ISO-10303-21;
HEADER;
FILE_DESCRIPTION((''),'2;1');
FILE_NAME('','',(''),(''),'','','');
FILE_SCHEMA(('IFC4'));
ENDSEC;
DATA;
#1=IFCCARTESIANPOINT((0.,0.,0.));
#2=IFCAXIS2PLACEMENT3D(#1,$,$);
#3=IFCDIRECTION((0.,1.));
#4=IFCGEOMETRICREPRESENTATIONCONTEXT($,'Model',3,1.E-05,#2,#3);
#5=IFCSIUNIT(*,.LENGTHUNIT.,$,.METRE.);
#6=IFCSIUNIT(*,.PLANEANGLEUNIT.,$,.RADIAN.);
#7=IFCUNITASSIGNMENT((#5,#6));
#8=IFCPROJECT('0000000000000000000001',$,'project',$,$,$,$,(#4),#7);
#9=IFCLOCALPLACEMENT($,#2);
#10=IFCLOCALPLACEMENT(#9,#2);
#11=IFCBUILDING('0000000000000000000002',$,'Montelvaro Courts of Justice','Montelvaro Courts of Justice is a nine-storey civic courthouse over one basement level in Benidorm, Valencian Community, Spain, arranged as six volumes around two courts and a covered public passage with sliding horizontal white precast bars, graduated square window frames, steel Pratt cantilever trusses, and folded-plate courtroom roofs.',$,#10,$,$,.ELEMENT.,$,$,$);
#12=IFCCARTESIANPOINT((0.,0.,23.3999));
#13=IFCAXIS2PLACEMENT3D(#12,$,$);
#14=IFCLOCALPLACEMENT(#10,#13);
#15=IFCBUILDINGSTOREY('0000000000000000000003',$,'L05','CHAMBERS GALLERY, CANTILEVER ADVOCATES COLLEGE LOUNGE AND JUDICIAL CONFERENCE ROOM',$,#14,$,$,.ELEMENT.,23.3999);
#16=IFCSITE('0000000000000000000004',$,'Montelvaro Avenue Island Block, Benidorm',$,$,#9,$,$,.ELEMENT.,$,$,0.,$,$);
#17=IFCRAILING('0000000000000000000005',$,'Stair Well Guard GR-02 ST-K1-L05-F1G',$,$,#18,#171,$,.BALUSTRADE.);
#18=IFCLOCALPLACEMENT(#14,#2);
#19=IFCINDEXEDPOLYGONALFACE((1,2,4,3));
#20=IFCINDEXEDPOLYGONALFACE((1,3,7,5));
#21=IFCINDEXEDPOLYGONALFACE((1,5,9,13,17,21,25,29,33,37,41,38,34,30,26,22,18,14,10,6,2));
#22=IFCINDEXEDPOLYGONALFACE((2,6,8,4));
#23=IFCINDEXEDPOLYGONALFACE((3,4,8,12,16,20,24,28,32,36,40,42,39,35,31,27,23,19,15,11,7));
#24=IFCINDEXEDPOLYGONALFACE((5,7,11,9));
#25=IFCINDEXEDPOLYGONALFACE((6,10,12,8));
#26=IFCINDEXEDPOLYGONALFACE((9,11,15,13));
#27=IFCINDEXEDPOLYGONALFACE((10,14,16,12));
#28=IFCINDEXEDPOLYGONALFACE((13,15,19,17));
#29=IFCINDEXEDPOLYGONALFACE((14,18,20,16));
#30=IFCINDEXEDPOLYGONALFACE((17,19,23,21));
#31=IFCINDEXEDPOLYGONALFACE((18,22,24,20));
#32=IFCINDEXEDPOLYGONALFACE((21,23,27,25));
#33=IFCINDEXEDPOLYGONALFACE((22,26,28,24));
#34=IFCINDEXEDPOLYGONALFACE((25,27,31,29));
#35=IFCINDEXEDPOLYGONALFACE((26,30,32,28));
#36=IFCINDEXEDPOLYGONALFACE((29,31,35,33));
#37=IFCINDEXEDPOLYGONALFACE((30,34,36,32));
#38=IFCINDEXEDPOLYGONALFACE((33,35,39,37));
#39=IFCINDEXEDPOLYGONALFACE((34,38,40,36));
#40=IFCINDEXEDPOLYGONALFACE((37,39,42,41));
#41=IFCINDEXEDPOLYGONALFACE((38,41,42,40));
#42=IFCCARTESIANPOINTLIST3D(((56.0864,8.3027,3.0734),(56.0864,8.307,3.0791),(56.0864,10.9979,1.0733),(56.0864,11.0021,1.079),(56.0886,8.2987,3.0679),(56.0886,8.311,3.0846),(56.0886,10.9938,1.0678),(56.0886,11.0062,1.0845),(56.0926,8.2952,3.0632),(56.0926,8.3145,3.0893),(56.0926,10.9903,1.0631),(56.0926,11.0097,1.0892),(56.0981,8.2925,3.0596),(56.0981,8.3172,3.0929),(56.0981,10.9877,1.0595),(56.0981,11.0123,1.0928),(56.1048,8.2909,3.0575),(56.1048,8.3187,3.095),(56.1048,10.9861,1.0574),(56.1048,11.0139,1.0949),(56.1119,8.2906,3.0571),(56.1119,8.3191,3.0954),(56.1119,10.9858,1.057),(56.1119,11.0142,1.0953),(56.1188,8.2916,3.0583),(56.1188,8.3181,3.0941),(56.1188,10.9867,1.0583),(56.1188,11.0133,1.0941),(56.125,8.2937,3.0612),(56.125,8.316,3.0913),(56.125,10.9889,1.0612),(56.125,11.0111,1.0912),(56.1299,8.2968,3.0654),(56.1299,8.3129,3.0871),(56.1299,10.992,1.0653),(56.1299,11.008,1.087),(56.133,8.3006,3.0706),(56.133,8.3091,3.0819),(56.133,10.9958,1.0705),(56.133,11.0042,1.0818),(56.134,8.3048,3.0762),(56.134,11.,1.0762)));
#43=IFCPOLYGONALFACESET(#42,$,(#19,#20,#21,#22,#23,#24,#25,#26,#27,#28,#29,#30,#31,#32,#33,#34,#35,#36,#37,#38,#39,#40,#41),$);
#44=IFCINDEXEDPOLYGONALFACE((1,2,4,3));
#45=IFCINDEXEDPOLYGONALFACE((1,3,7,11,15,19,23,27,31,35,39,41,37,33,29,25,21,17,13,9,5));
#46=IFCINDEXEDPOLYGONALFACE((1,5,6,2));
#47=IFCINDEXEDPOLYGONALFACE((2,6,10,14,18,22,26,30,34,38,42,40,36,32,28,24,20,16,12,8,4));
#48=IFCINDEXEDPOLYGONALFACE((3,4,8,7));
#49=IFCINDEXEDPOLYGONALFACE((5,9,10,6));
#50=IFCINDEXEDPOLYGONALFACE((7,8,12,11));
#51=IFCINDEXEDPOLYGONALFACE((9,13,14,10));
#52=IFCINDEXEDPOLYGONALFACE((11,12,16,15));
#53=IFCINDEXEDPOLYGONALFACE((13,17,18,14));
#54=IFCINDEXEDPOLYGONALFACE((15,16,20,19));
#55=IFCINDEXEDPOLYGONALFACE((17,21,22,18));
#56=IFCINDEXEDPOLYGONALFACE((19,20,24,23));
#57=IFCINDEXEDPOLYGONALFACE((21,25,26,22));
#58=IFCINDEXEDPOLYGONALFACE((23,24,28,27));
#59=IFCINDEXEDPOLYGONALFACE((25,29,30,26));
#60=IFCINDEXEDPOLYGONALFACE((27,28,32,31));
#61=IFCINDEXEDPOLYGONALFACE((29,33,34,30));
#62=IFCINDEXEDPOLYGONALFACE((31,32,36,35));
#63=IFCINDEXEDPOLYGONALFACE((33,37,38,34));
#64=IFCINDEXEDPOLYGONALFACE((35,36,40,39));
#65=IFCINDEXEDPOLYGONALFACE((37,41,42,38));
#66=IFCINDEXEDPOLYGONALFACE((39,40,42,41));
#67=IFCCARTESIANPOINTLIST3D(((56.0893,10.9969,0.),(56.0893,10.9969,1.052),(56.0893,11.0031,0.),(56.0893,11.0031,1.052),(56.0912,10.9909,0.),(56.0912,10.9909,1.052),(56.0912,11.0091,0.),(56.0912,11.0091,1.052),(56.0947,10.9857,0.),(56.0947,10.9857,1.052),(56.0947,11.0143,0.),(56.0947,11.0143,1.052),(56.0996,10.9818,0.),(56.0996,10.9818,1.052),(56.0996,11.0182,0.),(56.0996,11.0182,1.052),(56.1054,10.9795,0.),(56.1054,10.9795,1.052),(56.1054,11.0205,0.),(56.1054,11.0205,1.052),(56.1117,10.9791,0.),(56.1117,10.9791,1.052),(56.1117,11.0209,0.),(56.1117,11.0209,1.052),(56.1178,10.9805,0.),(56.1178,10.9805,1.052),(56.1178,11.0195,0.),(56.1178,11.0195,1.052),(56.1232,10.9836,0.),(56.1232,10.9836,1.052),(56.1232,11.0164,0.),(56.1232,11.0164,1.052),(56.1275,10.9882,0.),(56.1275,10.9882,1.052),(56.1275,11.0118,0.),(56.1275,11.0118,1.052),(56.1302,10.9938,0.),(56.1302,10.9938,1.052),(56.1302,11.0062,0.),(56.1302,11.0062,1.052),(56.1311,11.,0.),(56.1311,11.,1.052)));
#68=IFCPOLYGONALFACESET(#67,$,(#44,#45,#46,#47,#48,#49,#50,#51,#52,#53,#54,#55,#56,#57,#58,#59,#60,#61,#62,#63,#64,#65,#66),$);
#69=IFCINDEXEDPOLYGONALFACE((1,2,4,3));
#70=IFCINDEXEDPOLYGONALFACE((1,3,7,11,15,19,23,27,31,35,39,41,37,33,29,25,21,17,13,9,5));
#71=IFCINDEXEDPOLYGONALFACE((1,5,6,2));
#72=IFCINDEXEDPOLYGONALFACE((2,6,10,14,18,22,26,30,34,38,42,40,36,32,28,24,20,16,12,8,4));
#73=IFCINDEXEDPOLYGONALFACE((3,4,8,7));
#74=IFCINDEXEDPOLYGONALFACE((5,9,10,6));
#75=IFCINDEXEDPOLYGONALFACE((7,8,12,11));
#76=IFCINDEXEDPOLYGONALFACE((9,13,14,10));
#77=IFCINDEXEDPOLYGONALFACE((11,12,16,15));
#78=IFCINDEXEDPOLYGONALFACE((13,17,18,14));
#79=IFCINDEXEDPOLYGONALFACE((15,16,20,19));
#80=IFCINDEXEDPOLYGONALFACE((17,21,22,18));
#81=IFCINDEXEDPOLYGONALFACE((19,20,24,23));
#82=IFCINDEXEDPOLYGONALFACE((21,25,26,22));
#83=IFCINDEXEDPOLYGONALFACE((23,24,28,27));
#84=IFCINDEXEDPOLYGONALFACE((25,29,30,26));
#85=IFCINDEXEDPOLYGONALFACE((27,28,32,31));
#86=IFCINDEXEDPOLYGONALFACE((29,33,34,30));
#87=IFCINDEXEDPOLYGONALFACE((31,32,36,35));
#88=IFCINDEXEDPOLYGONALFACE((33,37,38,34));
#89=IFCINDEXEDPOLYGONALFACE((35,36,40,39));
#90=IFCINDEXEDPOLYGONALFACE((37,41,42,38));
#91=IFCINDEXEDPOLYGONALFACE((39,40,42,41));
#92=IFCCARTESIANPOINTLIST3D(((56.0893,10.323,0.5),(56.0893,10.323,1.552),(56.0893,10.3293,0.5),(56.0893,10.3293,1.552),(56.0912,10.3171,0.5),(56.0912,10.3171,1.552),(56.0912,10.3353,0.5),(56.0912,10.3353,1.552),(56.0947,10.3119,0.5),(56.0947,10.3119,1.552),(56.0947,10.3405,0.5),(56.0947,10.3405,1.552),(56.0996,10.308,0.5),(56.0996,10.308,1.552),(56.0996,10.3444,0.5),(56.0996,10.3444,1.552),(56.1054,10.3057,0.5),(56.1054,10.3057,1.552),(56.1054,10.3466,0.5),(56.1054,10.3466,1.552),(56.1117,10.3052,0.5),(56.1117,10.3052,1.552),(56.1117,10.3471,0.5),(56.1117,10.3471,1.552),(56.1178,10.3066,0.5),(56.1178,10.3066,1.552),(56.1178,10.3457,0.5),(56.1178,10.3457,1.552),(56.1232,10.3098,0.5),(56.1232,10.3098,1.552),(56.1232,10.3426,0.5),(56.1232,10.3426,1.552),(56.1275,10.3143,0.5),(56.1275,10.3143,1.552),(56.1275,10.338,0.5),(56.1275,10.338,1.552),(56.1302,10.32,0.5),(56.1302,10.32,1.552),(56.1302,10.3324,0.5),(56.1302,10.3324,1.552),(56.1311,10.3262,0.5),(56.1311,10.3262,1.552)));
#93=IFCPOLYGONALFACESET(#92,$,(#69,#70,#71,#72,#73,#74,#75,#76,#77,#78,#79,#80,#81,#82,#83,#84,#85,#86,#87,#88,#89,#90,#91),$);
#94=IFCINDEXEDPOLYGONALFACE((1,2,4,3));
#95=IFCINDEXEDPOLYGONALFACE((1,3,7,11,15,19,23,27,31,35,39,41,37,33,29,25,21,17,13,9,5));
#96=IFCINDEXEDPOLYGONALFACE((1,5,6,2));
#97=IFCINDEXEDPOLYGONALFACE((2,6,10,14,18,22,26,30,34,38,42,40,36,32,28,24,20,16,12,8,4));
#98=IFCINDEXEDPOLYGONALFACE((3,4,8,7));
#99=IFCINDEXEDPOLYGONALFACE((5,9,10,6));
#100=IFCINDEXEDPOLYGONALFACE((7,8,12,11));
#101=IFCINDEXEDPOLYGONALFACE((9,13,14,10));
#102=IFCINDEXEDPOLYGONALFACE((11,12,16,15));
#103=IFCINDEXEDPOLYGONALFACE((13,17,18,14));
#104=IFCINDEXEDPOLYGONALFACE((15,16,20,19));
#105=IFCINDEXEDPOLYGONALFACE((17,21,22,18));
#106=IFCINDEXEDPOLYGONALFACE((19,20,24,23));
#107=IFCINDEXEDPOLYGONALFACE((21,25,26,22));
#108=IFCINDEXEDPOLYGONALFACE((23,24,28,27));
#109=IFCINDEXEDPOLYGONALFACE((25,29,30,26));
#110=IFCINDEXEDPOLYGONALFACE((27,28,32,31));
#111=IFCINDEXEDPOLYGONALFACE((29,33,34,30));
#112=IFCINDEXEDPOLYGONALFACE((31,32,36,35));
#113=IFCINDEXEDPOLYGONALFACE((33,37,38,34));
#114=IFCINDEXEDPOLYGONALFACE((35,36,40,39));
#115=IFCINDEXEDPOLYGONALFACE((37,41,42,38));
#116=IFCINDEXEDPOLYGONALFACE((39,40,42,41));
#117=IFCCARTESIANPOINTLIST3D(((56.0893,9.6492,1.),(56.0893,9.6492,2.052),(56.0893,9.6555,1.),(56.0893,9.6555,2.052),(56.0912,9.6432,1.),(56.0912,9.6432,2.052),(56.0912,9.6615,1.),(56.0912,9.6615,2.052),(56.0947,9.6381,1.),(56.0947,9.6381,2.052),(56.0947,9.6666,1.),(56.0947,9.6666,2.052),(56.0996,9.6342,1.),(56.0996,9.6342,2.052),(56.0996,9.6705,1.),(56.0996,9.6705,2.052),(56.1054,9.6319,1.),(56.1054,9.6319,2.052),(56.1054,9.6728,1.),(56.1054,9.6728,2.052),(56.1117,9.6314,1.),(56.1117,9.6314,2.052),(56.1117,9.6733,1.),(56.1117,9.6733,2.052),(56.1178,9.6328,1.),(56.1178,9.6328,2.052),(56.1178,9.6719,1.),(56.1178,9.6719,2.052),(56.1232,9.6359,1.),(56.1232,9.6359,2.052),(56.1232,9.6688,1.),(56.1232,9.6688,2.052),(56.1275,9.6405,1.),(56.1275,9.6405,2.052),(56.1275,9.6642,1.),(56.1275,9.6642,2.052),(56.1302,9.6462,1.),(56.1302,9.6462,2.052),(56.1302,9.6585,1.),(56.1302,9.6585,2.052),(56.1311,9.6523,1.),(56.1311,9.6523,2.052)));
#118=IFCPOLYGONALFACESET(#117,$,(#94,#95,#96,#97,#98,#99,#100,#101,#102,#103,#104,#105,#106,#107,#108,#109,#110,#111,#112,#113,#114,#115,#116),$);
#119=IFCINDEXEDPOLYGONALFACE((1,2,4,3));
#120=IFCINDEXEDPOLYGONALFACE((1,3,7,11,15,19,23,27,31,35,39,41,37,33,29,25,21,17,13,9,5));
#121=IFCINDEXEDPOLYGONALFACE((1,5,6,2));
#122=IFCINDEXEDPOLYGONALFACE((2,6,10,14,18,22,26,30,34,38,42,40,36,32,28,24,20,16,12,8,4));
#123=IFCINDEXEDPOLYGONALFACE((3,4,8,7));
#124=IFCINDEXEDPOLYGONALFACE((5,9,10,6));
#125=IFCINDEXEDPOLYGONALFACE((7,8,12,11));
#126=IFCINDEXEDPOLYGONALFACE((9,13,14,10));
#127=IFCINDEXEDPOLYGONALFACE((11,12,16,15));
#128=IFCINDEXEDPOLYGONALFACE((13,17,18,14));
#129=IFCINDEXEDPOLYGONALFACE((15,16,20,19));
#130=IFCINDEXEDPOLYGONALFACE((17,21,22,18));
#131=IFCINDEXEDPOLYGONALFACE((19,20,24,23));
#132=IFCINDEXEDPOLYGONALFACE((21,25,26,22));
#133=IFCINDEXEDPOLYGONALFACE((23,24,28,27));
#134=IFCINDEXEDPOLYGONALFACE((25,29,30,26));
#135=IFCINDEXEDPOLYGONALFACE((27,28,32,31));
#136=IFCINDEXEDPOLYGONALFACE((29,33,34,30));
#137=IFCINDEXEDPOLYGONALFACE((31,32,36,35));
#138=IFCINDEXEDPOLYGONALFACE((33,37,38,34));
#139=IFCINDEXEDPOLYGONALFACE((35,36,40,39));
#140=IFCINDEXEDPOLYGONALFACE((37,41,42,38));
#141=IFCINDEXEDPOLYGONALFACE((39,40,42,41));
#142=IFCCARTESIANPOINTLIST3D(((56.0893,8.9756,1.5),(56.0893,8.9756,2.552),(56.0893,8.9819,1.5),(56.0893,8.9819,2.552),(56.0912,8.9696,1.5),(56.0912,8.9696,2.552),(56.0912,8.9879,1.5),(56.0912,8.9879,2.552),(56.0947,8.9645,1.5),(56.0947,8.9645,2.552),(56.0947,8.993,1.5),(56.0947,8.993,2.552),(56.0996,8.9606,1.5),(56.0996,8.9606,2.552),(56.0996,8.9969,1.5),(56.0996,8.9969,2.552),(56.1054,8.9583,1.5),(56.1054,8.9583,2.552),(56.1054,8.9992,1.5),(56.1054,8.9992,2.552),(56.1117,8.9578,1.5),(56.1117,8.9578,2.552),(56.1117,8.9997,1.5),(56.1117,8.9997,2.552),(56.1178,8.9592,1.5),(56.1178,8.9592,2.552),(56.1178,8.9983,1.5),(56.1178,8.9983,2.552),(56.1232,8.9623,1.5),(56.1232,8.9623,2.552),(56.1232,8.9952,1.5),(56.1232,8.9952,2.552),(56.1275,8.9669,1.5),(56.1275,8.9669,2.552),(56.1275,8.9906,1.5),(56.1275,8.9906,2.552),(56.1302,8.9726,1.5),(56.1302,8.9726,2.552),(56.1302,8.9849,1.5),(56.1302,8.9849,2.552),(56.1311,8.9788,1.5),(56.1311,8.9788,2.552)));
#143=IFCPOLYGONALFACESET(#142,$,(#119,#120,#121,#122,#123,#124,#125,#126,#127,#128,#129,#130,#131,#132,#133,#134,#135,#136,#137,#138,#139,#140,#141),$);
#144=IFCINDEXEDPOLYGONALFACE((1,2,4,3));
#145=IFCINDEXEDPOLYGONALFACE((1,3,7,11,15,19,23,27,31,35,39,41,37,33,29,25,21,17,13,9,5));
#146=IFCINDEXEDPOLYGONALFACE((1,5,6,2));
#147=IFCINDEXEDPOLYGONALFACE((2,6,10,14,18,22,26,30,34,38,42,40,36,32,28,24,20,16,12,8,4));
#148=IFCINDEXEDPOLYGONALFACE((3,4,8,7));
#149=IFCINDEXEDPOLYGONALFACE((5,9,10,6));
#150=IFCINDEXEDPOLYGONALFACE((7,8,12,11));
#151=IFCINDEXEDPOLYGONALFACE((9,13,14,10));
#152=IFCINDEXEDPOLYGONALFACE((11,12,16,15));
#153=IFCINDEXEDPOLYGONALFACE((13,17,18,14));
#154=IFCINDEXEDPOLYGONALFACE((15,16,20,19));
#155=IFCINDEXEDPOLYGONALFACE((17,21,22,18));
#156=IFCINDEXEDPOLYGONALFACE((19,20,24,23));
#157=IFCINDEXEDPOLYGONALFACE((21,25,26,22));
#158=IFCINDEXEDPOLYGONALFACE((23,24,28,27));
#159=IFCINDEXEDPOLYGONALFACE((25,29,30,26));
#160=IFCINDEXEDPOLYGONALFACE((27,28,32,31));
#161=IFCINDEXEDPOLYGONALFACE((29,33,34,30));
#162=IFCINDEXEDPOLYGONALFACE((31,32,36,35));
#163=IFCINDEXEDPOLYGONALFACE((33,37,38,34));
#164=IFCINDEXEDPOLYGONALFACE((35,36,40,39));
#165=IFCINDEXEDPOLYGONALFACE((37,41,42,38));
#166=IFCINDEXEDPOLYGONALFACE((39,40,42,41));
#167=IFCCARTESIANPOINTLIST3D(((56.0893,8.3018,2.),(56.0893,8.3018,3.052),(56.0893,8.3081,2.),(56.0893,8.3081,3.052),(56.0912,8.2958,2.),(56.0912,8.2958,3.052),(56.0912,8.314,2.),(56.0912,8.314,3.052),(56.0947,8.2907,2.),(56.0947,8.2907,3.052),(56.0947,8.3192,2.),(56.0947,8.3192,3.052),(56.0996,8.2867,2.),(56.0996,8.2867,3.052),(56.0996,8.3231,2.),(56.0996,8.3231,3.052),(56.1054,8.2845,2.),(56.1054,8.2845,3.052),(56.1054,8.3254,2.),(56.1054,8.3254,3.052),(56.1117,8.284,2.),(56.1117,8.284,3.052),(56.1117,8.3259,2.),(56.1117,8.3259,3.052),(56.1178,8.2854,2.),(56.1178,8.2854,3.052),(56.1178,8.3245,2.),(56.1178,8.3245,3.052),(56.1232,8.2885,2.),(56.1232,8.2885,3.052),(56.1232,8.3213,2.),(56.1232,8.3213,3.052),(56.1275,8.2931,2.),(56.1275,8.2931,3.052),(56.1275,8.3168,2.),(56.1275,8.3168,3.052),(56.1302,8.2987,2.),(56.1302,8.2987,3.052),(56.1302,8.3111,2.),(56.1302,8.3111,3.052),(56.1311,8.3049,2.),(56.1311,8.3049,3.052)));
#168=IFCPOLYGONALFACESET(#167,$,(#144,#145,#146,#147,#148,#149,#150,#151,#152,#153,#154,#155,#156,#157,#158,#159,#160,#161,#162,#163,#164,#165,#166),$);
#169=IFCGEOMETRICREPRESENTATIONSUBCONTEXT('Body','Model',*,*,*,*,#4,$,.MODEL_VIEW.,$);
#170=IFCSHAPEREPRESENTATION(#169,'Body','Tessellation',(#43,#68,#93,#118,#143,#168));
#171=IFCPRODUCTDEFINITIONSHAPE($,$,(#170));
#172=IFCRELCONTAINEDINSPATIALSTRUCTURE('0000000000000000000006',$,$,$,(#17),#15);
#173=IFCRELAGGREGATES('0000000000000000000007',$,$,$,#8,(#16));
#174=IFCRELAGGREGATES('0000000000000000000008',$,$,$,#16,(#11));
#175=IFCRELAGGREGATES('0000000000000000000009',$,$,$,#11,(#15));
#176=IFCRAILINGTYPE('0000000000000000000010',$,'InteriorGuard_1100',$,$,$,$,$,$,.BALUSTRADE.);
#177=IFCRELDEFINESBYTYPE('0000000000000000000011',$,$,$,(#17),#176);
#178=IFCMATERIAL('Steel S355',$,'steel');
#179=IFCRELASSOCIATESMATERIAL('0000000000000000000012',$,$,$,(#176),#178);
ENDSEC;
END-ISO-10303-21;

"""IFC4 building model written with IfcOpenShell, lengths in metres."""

from ifc_helpers import new_model, si_unit, direction, frame, origin, origin_2d, place, context, subcontext, project, spatial, circle, extrude, material, type_object, element, save


model = new_model("IFC4")

# Units and contexts
model_context = context("Model", 3, precision=1e-05, world=origin(), true_north=direction((0.0, 1.0)))
body_context = subcontext(model_context, "Body", "Model", "MODEL_VIEW")
ifc_project = project(units=[si_unit("LENGTHUNIT", "METRE"), si_unit("PLANEANGLEUNIT", "RADIAN")], contexts=[model_context])

# Site, building, storey
site_placement = place(None, origin())
site = spatial("IfcSite", under=ifc_project, at=site_placement, Name="Montelvaro Avenue Island Block, Benidorm", CompositionType="ELEMENT", RefElevation=0.0)
building_placement = place(site_placement, origin())
building = spatial("IfcBuilding", under=site, at=building_placement, Name="Montelvaro Courts of Justice", Description="Montelvaro Courts of Justice is a nine-storey civic courthouse over one basement level in Benidorm, Valencian Community, Spain, arranged as six volumes around two courts and a covered public passage with sliding horizontal white precast bars, graduated square window frames, steel Pratt cantilever trusses, and folded-plate courtroom roofs.", CompositionType="ELEMENT")
storey_placement = place(building_placement, frame((0.0, 0.0, 23.3999)))
storey = spatial("IfcBuildingStorey", under=building, at=storey_placement, Name="L05", Description="CHAMBERS GALLERY, CANTILEVER ADVOCATES COLLEGE LOUNGE AND JUDICIAL CONFERENCE ROOM", CompositionType="ELEMENT", Elevation=23.3999)

# Railing
ifc_material_1 = material(Name="Steel S355", Category="steel")
railing_type_1 = type_object("IfcRailingType", Name="InteriorGuard_1100", PredefinedType="BALUSTRADE", material=ifc_material_1)
railing_1_placement = place(storey_placement, frame((56.1101, 11.0, 0.0)))
element("IfcRailing", 1, at=railing_1_placement, inside=storey, type_object=railing_type_1, Name="Stair Well Guard GR-02 ST-K1-L05-F1G", PredefinedType="BALUSTRADE", context=body_context, shape_type="SweptSolid", body=[
    extrude(circle(Radius=0.0239, at=origin_2d()), frame((0.0, 0.0, 1.0762), z_axis=(0.0, -0.803036, 0.59593), x_axis=(1.0, 0.0, 0.0)), (0.0, 0.0, 1.0), 3.3562),
    extrude(circle(Radius=0.021, at=origin_2d()), origin(), (0.0, 0.0, 1.0), 1.052),
    extrude(circle(Radius=0.021, at=origin_2d()), frame((0.0, -0.6738, 0.5)), (0.0, 0.0, 1.0), 1.052),
    extrude(circle(Radius=0.021, at=origin_2d()), frame((0.0, -1.3477, 1.0)), (0.0, 0.0, 1.0), 1.052),
    extrude(circle(Radius=0.021, at=origin_2d()), frame((0.0, -2.0212, 1.5)), (0.0, 0.0, 1.0), 1.052),
    extrude(circle(Radius=0.021, at=origin_2d()), frame((0.0, -2.6951, 2.0)), (0.0, 0.0, 1.0), 1.052),
])

save(model, "model.ifc")
